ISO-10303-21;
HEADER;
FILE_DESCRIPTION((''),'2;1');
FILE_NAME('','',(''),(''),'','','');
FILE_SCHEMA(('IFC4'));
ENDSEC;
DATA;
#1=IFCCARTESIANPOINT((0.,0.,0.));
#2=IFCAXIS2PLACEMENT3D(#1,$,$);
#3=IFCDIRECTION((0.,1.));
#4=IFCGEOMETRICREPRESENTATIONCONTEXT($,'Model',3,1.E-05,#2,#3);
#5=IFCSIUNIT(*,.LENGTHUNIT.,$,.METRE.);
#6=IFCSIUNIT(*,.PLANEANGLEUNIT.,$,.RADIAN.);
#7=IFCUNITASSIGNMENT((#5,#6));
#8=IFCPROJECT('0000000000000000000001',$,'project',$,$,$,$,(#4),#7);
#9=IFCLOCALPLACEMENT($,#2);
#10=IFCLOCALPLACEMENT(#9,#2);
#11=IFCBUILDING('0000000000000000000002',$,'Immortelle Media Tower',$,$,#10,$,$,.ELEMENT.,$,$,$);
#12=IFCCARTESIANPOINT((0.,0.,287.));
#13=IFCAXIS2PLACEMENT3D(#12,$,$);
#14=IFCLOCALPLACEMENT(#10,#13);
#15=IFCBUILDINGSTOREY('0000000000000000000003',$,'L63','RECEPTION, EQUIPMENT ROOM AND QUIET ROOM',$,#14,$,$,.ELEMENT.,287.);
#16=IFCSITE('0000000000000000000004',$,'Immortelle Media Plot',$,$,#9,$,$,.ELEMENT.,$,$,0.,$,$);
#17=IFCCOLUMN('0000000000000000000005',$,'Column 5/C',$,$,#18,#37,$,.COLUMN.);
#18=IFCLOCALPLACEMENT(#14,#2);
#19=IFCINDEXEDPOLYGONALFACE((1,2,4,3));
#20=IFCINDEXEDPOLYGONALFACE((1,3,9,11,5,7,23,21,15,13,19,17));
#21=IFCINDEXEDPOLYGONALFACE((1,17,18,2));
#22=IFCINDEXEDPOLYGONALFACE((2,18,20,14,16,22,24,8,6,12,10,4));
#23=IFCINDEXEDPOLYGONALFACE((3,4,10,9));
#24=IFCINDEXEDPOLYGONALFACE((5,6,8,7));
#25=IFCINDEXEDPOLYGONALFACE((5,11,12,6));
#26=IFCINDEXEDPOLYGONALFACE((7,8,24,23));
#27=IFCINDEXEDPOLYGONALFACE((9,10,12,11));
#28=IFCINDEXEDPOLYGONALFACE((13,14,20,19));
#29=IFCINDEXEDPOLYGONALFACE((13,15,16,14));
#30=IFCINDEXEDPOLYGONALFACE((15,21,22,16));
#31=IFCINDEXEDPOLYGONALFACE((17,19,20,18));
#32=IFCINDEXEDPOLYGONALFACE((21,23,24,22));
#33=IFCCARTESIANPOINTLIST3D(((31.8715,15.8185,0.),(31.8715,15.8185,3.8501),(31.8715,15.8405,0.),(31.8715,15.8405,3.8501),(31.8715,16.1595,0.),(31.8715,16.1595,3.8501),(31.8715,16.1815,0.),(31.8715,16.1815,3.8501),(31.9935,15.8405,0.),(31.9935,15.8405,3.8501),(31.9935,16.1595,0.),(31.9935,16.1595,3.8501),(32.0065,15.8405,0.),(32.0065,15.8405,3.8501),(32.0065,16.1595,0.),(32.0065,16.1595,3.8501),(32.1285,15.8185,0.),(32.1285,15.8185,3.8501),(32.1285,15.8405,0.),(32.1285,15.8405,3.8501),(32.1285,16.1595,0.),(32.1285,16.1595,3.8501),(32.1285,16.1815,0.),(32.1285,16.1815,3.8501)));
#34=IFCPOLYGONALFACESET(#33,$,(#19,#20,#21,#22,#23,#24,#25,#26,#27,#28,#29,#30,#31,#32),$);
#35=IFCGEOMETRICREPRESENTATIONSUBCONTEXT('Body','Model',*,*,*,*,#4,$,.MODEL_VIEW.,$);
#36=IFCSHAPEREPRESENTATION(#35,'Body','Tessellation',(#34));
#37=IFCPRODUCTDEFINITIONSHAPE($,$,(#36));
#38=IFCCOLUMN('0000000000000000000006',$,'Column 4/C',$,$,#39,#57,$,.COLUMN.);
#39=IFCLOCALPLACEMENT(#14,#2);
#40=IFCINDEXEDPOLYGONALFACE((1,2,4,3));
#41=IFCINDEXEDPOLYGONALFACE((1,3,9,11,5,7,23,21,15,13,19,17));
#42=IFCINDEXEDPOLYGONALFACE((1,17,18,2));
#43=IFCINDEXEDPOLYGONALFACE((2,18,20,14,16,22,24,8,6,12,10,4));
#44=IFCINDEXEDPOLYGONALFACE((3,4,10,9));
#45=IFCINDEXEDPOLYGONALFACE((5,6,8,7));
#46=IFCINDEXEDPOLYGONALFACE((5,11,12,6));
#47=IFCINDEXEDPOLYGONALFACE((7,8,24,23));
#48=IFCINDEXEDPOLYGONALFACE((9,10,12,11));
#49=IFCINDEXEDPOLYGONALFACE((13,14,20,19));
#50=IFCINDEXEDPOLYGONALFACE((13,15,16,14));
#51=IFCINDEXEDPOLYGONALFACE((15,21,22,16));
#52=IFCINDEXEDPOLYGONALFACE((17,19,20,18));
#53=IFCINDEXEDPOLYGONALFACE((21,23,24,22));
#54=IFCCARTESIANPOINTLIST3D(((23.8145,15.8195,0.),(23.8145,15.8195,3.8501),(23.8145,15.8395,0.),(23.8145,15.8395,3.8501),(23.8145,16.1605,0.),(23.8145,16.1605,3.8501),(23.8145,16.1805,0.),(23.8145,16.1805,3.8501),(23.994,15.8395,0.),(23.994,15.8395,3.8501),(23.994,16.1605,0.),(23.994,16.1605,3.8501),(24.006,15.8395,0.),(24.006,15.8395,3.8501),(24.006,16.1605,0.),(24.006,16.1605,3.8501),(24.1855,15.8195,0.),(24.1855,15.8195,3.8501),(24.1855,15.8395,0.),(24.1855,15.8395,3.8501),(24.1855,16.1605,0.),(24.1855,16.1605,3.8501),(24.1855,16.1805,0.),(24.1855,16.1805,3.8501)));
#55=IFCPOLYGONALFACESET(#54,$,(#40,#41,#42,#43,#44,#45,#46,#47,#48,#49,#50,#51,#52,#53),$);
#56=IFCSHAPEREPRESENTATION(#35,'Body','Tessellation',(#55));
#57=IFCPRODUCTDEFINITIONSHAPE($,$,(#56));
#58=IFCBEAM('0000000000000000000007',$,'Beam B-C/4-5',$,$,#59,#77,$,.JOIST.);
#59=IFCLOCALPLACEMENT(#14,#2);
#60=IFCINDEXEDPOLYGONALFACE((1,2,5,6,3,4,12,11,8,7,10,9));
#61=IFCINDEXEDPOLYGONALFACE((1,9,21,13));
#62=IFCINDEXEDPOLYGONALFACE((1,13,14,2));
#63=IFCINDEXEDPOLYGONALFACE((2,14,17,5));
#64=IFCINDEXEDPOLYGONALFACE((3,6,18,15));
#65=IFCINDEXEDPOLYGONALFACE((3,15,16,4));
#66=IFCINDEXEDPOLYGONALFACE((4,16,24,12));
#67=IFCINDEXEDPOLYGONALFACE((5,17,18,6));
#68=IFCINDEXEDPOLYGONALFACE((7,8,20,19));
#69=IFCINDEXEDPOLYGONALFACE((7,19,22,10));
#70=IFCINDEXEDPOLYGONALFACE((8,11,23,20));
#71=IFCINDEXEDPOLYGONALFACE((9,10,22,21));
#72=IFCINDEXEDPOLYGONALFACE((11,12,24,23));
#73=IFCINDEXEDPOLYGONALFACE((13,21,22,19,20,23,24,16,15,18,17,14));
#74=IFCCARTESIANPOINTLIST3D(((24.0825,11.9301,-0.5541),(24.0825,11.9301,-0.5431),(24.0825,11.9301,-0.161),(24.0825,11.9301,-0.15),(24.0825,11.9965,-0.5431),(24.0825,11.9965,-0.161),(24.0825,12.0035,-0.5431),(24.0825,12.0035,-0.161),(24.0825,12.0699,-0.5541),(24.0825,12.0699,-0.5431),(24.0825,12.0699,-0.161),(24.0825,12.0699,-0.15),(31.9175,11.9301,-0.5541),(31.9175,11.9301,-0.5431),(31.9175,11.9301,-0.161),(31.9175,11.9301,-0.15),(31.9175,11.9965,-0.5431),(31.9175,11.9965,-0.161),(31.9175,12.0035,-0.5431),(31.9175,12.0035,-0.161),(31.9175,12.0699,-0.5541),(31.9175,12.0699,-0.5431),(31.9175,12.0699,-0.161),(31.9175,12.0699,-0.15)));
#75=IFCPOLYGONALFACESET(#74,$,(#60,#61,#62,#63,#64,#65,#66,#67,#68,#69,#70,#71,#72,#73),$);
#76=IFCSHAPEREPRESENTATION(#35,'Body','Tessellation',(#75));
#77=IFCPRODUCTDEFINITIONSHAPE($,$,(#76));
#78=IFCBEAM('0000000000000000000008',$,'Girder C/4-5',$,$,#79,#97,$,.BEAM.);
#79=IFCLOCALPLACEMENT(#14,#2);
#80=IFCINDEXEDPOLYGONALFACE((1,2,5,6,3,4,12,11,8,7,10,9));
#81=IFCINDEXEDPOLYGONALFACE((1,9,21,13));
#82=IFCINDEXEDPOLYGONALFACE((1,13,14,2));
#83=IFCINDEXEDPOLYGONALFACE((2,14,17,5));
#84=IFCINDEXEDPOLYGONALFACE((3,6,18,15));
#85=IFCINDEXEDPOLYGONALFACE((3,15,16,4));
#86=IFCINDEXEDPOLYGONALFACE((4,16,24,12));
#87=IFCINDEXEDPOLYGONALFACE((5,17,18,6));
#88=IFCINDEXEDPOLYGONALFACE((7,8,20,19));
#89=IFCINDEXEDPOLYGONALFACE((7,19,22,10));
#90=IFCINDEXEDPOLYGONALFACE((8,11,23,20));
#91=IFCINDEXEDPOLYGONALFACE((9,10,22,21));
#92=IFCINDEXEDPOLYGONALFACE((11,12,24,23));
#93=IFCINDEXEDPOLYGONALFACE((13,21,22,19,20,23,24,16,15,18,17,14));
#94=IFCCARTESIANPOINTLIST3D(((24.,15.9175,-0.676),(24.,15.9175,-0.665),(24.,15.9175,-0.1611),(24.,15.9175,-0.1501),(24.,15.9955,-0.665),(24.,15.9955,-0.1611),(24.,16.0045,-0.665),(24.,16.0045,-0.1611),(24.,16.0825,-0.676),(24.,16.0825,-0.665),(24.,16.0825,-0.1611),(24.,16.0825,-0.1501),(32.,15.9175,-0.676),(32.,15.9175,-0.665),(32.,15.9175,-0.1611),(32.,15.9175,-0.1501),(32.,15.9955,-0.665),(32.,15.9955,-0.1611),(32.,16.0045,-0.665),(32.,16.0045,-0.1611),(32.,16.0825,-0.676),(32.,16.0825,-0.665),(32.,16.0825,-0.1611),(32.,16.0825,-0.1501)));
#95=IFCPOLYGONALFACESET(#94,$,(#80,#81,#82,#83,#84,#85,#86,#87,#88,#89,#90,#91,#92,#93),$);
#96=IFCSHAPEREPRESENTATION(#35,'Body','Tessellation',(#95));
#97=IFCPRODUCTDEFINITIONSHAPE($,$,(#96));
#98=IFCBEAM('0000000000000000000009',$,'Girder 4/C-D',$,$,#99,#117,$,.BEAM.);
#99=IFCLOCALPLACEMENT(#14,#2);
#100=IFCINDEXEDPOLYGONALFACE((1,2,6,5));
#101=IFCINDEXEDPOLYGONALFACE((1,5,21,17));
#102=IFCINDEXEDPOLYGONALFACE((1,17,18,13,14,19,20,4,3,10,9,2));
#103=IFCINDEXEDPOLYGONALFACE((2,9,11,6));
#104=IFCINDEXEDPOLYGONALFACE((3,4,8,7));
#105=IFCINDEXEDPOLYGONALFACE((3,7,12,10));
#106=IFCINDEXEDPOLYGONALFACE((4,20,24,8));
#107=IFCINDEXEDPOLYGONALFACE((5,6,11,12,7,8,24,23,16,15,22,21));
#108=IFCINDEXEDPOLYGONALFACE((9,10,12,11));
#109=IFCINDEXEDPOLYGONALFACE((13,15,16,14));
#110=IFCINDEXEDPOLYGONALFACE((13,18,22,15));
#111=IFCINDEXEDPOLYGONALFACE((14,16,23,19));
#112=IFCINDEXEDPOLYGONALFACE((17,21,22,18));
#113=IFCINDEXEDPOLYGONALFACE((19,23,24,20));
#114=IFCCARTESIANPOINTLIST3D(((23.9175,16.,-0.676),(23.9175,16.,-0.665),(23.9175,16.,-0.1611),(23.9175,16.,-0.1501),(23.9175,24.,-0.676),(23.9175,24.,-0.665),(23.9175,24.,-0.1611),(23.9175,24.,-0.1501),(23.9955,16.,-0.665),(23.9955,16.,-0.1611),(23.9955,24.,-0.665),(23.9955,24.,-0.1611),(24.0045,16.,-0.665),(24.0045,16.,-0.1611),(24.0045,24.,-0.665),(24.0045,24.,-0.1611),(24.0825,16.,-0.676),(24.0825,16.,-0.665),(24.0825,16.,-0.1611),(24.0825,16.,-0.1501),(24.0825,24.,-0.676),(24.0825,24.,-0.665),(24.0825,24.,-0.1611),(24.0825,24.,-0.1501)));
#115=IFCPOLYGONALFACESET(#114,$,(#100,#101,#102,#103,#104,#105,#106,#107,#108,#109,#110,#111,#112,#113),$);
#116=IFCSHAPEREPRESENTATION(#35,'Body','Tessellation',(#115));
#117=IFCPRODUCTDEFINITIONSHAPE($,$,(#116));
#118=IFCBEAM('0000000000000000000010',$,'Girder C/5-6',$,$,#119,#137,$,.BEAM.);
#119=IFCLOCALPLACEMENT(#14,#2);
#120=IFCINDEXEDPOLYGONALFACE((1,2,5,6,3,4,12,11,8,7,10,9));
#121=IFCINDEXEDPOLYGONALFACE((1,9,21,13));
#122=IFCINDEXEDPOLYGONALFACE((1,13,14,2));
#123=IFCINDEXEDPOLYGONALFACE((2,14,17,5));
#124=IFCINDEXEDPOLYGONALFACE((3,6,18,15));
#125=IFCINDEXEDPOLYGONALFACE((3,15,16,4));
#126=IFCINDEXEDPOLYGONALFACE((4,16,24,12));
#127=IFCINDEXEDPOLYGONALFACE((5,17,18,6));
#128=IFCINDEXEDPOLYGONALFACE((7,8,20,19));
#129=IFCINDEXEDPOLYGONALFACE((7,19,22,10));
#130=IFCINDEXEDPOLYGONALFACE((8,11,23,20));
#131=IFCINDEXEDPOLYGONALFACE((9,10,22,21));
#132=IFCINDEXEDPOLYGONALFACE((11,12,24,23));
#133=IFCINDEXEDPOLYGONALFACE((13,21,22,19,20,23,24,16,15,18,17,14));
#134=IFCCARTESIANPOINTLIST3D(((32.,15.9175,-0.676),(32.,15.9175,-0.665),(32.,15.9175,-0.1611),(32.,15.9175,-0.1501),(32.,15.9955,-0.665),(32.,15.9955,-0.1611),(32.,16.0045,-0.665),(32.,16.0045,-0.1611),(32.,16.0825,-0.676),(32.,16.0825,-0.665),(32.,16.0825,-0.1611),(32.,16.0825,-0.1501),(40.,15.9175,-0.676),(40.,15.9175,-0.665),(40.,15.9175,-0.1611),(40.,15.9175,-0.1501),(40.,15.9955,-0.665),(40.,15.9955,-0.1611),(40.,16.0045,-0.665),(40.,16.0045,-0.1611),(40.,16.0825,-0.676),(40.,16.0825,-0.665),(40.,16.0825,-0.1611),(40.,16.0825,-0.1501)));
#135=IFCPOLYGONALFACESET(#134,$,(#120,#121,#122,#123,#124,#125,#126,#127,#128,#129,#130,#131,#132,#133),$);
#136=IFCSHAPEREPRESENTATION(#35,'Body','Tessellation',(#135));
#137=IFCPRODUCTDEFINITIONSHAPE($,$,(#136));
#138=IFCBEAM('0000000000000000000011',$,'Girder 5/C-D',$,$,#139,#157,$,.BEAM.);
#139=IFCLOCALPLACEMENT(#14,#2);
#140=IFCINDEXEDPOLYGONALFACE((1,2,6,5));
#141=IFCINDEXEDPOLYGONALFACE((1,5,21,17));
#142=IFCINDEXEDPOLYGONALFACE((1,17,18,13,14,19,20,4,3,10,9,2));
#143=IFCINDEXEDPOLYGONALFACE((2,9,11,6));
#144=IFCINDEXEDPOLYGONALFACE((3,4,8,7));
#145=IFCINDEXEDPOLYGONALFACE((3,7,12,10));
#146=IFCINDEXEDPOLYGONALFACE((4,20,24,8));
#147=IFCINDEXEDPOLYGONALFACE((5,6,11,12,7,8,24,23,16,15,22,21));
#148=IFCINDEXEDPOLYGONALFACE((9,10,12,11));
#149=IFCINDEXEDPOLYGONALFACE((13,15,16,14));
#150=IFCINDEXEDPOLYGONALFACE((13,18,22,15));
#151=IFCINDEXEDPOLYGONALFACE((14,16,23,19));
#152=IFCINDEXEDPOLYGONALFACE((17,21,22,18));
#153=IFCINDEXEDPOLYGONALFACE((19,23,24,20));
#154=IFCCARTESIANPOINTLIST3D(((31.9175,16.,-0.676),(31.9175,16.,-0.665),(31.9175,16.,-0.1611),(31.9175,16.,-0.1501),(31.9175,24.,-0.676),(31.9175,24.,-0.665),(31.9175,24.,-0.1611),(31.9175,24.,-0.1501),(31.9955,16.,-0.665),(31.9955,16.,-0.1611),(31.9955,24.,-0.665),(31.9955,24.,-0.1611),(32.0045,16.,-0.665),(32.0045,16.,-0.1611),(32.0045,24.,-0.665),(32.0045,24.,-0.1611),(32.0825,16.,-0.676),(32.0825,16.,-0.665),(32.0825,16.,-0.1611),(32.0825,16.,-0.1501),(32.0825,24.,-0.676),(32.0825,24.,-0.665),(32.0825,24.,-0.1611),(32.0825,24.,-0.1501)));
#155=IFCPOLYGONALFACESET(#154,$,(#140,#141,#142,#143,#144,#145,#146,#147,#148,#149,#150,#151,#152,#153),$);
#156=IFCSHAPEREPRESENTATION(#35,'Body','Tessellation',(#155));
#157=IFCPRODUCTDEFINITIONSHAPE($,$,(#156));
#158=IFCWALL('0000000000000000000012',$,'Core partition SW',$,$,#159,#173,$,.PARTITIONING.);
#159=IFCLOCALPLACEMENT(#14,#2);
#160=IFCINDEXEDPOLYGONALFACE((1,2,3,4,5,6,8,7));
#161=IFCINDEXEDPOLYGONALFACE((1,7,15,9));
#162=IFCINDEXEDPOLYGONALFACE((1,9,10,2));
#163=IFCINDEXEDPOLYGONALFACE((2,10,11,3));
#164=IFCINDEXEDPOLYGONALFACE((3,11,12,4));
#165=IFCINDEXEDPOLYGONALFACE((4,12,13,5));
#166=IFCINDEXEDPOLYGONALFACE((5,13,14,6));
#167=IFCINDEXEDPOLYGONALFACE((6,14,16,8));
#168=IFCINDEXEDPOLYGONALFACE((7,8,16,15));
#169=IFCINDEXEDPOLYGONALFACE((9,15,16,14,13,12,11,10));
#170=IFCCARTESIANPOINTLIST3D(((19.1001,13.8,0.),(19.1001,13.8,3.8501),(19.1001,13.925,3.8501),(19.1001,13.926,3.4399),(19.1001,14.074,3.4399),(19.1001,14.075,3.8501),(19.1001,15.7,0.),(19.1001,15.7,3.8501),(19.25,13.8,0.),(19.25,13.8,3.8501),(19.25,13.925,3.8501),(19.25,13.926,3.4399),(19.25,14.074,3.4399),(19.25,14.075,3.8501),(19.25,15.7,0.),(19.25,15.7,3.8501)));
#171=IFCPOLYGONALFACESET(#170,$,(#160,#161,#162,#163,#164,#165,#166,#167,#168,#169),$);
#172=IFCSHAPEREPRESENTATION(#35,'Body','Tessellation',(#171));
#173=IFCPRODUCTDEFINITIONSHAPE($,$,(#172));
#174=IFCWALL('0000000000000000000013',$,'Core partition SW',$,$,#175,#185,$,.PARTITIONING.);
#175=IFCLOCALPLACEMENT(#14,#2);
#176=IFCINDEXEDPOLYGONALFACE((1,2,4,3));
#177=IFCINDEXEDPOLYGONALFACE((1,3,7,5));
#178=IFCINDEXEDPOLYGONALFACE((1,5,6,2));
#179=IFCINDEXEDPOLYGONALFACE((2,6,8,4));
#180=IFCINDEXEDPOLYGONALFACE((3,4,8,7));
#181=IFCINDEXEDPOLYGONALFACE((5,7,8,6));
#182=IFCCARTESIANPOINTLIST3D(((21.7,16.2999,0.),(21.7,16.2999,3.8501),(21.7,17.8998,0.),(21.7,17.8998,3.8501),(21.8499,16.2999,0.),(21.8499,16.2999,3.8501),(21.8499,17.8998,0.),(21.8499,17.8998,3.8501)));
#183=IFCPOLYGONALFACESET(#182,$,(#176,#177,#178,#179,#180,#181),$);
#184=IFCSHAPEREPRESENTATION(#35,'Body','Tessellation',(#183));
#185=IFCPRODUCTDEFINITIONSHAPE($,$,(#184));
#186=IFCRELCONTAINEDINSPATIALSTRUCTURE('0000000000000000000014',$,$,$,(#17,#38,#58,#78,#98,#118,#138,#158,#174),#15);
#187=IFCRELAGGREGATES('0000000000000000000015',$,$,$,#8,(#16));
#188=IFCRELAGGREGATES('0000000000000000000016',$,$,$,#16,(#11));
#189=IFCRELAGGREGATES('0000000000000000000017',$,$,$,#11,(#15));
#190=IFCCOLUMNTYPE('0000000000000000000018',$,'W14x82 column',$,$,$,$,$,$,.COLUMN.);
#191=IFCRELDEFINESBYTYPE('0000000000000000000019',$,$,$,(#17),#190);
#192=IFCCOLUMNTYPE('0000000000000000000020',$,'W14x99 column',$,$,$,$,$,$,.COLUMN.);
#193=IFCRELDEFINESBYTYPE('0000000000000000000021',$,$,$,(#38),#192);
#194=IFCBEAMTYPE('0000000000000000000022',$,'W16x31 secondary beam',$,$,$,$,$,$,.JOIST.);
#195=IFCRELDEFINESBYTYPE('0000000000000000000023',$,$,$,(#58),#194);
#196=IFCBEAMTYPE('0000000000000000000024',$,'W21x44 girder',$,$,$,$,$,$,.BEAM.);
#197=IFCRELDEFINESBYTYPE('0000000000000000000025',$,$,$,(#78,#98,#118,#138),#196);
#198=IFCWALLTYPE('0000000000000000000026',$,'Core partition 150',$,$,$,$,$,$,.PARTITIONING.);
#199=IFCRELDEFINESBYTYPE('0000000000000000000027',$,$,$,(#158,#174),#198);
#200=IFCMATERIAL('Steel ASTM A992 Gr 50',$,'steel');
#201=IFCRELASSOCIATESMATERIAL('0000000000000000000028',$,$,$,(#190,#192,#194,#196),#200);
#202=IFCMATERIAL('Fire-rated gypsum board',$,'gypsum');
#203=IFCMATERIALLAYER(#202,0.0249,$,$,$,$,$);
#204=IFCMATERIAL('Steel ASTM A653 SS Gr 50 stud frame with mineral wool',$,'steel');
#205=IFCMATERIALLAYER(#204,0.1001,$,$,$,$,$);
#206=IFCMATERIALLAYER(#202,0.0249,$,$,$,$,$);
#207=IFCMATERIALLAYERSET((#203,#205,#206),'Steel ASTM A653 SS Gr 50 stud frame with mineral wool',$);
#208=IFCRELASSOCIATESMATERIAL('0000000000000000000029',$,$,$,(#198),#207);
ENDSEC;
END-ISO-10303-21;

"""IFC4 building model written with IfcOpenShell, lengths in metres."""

from ifc_helpers import new_model, si_unit, direction, frame, frame_2d, origin, origin_2d, place, context, subcontext, project, spatial, polyline, rectangle, i_section, outline, extrude, material, layer, layer_set, material_profile, profile_set, type_object, element, save


model = new_model("IFC4")

# Units and contexts
model_context = context("Model", 3, precision=1e-05, world=origin(), true_north=direction((0.0, 1.0)))
body_context = subcontext(model_context, "Body", "Model", "MODEL_VIEW")
ifc_project = project(units=[si_unit("LENGTHUNIT", "METRE"), si_unit("PLANEANGLEUNIT", "RADIAN")], contexts=[model_context])

# Site, building, storey
site_placement = place(None, origin())
site = spatial("IfcSite", under=ifc_project, at=site_placement, Name="Immortelle Media Plot", CompositionType="ELEMENT", RefElevation=0.0)
building_placement = place(site_placement, origin())
building = spatial("IfcBuilding", under=site, at=building_placement, Name="Immortelle Media Tower", CompositionType="ELEMENT")
storey_placement = place(building_placement, frame((0.0, 0.0, 287.0)))
storey = spatial("IfcBuildingStorey", under=building, at=storey_placement, Name="L63", Description="RECEPTION, EQUIPMENT ROOM AND QUIET ROOM", CompositionType="ELEMENT", Elevation=287.0)

# Columns
ifc_material_1 = material(Name="Steel ASTM A992 Gr 50", Category="steel")
ifc_material_profile_1 = material_profile(ifc_material_1, i_section(OverallWidth=0.2571, OverallDepth=0.363, WebThickness=0.0129, FlangeThickness=0.022, at=origin_2d()), Name="W14x82")
ifc_profile_set_1 = profile_set([ifc_material_profile_1], Name="Steel ASTM A992 Gr 50")
column_type_1 = type_object("IfcColumnType", Name="W14x82 column", PredefinedType="COLUMN", material=ifc_profile_set_1)
column_1_placement = place(storey_placement, frame((32.0, 16.0, 0.0), z_axis=(0.0, 0.0, 1.0), x_axis=(1.0, 0.0, 0.0)))
element("IfcColumn", 1, at=column_1_placement, inside=storey, type_object=column_type_1, Name="Column 5/C", PredefinedType="COLUMN", context=body_context, shape_type="SweptSolid", body=[
    extrude(i_section(OverallWidth=0.2571, OverallDepth=0.363, WebThickness=0.0129, FlangeThickness=0.022, at=origin_2d()), origin(), (0.0, 0.0, 1.0), 3.8501),
])
ifc_material_profile_2 = material_profile(ifc_material_1, i_section(OverallWidth=0.3711, OverallDepth=0.3611, WebThickness=0.012, FlangeThickness=0.02, at=origin_2d()), Name="W14x99")
ifc_profile_set_2 = profile_set([ifc_material_profile_2], Name="Steel ASTM A992 Gr 50")
column_type_2 = type_object("IfcColumnType", Name="W14x99 column", PredefinedType="COLUMN", material=ifc_profile_set_2)
column_2_placement = place(storey_placement, frame((24.0, 16.0, 0.0), z_axis=(0.0, 0.0, 1.0), x_axis=(1.0, 0.0, 0.0)))
element("IfcColumn", 2, at=column_2_placement, inside=storey, type_object=column_type_2, Name="Column 4/C", PredefinedType="COLUMN", context=body_context, shape_type="SweptSolid", body=[
    extrude(i_section(OverallWidth=0.3711, OverallDepth=0.3611, WebThickness=0.012, FlangeThickness=0.02, at=origin_2d()), origin(), (0.0, 0.0, 1.0), 3.8501),
])

# Beams
ifc_material_profile_3 = material_profile(ifc_material_1, i_section(OverallWidth=0.1399, OverallDepth=0.4041, WebThickness=0.0071, FlangeThickness=0.011, at=origin_2d()), Name="W16x31")
ifc_profile_set_3 = profile_set([ifc_material_profile_3], Name="Steel ASTM A992 Gr 50")
beam_type_1 = type_object("IfcBeamType", Name="W16x31 secondary beam", PredefinedType="JOIST", material=ifc_profile_set_3)
beam_placement = place(storey_placement, frame((24.0825, 12.0, -0.3521), z_axis=(1.0, 0.0, 0.0), x_axis=(0.0, 1.0, 0.0)))
element("IfcBeam", 3, at=beam_placement, inside=storey, type_object=beam_type_1, Name="Beam B-C/4-5", PredefinedType="JOIST", context=body_context, shape_type="SweptSolid", body=[
    extrude(i_section(OverallWidth=0.1399, OverallDepth=0.4041, WebThickness=0.0071, FlangeThickness=0.011, at=origin_2d()), origin(), (0.0, 0.0, 1.0), 7.835),
])
ifc_material_profile_4 = material_profile(ifc_material_1, i_section(OverallWidth=0.165, OverallDepth=0.5259, WebThickness=0.009, FlangeThickness=0.011, at=origin_2d()), Name="W21x44")
ifc_profile_set_4 = profile_set([ifc_material_profile_4], Name="Steel ASTM A992 Gr 50")
beam_type_2 = type_object("IfcBeamType", Name="W21x44 girder", PredefinedType="BEAM", material=ifc_profile_set_4)
for number, where, z_axis, x_axis, name in (
    (4, (24.0, 16.0, -0.4131), (1.0, 0.0, 0.0), (0.0, 1.0, 0.0), "Girder C/4-5"),
    (5, (24.0, 16.0, -0.4131), (0.0, 1.0, 0.0), (-1.0, 0.0, 0.0), "Girder 4/C-D"),
    (6, (32.0, 16.0, -0.4131), (1.0, 0.0, 0.0), (0.0, 1.0, 0.0), "Girder C/5-6"),
    (7, (32.0, 16.0, -0.4131), (0.0, 1.0, 0.0), (-1.0, 0.0, 0.0), "Girder 5/C-D"),
):
    element("IfcBeam", number, at=place(storey_placement, frame(where, z_axis=z_axis, x_axis=x_axis)), inside=storey, type_object=beam_type_2, Name=name, PredefinedType="BEAM", context=body_context, shape_type="SweptSolid", body=[
        extrude(i_section(OverallWidth=0.165, OverallDepth=0.5259, WebThickness=0.009, FlangeThickness=0.011, at=origin_2d()), origin(), (0.0, 0.0, 1.0), 8.0),
    ])

# Walls
ifc_material_2 = material(Name="Fire-rated gypsum board", Category="gypsum")
ifc_layer_1 = layer(ifc_material_2, 0.0249)
ifc_material_3 = material(Name="Steel ASTM A653 SS Gr 50 stud frame with mineral wool", Category="steel")
ifc_layer_2 = layer(ifc_material_3, 0.1001)
ifc_layer_3 = layer(ifc_material_2, 0.0249)
ifc_layer_set_1 = layer_set([ifc_layer_1, ifc_layer_2, ifc_layer_3], Name="Steel ASTM A653 SS Gr 50 stud frame with mineral wool")
wall_type_1 = type_object("IfcWallType", Name="Core partition 150", PredefinedType="PARTITIONING", material=ifc_layer_set_1)
wall_1_placement = place(storey_placement, frame((19.175, 13.8, 0.0), z_axis=(0.0, 0.0, 1.0), x_axis=(0.0, 1.0, 0.0)))
element("IfcWall", 8, at=wall_1_placement, inside=storey, type_object=wall_type_1, Name="Core partition SW", PredefinedType="PARTITIONING", context=body_context, shape_type="SweptSolid", body=[
    extrude(outline(polyline([(0.0, 0.0), (1.8999, 0.0), (1.8999, 3.8501), (0.2749, 3.8501), (0.2739, 3.4399), (0.126, 3.4399), (0.125, 3.8501), (0.0, 3.8501), (0.0, 0.0)])), frame((0.0, 0.075, 0.0), z_axis=(0.0, -1.0, 0.0), x_axis=(1.0, 0.0, 0.0)), (0.0, 0.0, 1.0), 0.1499),
])
wall_2_placement = place(storey_placement, frame((21.7749, 16.3, 0.0), z_axis=(0.0, 0.0, 1.0), x_axis=(0.0, 1.0, 0.0)))
element("IfcWall", 9, at=wall_2_placement, inside=storey, type_object=wall_type_1, Name="Core partition SW", PredefinedType="PARTITIONING", context=body_context, shape_type="SweptSolid", body=[
    extrude(rectangle(XDim=1.5999, YDim=0.1499, at=frame_2d((0.7998, 0.0))), origin(), (0.0, 0.0, 1.0), 3.8501),
])

save(model, "model.ifc")
